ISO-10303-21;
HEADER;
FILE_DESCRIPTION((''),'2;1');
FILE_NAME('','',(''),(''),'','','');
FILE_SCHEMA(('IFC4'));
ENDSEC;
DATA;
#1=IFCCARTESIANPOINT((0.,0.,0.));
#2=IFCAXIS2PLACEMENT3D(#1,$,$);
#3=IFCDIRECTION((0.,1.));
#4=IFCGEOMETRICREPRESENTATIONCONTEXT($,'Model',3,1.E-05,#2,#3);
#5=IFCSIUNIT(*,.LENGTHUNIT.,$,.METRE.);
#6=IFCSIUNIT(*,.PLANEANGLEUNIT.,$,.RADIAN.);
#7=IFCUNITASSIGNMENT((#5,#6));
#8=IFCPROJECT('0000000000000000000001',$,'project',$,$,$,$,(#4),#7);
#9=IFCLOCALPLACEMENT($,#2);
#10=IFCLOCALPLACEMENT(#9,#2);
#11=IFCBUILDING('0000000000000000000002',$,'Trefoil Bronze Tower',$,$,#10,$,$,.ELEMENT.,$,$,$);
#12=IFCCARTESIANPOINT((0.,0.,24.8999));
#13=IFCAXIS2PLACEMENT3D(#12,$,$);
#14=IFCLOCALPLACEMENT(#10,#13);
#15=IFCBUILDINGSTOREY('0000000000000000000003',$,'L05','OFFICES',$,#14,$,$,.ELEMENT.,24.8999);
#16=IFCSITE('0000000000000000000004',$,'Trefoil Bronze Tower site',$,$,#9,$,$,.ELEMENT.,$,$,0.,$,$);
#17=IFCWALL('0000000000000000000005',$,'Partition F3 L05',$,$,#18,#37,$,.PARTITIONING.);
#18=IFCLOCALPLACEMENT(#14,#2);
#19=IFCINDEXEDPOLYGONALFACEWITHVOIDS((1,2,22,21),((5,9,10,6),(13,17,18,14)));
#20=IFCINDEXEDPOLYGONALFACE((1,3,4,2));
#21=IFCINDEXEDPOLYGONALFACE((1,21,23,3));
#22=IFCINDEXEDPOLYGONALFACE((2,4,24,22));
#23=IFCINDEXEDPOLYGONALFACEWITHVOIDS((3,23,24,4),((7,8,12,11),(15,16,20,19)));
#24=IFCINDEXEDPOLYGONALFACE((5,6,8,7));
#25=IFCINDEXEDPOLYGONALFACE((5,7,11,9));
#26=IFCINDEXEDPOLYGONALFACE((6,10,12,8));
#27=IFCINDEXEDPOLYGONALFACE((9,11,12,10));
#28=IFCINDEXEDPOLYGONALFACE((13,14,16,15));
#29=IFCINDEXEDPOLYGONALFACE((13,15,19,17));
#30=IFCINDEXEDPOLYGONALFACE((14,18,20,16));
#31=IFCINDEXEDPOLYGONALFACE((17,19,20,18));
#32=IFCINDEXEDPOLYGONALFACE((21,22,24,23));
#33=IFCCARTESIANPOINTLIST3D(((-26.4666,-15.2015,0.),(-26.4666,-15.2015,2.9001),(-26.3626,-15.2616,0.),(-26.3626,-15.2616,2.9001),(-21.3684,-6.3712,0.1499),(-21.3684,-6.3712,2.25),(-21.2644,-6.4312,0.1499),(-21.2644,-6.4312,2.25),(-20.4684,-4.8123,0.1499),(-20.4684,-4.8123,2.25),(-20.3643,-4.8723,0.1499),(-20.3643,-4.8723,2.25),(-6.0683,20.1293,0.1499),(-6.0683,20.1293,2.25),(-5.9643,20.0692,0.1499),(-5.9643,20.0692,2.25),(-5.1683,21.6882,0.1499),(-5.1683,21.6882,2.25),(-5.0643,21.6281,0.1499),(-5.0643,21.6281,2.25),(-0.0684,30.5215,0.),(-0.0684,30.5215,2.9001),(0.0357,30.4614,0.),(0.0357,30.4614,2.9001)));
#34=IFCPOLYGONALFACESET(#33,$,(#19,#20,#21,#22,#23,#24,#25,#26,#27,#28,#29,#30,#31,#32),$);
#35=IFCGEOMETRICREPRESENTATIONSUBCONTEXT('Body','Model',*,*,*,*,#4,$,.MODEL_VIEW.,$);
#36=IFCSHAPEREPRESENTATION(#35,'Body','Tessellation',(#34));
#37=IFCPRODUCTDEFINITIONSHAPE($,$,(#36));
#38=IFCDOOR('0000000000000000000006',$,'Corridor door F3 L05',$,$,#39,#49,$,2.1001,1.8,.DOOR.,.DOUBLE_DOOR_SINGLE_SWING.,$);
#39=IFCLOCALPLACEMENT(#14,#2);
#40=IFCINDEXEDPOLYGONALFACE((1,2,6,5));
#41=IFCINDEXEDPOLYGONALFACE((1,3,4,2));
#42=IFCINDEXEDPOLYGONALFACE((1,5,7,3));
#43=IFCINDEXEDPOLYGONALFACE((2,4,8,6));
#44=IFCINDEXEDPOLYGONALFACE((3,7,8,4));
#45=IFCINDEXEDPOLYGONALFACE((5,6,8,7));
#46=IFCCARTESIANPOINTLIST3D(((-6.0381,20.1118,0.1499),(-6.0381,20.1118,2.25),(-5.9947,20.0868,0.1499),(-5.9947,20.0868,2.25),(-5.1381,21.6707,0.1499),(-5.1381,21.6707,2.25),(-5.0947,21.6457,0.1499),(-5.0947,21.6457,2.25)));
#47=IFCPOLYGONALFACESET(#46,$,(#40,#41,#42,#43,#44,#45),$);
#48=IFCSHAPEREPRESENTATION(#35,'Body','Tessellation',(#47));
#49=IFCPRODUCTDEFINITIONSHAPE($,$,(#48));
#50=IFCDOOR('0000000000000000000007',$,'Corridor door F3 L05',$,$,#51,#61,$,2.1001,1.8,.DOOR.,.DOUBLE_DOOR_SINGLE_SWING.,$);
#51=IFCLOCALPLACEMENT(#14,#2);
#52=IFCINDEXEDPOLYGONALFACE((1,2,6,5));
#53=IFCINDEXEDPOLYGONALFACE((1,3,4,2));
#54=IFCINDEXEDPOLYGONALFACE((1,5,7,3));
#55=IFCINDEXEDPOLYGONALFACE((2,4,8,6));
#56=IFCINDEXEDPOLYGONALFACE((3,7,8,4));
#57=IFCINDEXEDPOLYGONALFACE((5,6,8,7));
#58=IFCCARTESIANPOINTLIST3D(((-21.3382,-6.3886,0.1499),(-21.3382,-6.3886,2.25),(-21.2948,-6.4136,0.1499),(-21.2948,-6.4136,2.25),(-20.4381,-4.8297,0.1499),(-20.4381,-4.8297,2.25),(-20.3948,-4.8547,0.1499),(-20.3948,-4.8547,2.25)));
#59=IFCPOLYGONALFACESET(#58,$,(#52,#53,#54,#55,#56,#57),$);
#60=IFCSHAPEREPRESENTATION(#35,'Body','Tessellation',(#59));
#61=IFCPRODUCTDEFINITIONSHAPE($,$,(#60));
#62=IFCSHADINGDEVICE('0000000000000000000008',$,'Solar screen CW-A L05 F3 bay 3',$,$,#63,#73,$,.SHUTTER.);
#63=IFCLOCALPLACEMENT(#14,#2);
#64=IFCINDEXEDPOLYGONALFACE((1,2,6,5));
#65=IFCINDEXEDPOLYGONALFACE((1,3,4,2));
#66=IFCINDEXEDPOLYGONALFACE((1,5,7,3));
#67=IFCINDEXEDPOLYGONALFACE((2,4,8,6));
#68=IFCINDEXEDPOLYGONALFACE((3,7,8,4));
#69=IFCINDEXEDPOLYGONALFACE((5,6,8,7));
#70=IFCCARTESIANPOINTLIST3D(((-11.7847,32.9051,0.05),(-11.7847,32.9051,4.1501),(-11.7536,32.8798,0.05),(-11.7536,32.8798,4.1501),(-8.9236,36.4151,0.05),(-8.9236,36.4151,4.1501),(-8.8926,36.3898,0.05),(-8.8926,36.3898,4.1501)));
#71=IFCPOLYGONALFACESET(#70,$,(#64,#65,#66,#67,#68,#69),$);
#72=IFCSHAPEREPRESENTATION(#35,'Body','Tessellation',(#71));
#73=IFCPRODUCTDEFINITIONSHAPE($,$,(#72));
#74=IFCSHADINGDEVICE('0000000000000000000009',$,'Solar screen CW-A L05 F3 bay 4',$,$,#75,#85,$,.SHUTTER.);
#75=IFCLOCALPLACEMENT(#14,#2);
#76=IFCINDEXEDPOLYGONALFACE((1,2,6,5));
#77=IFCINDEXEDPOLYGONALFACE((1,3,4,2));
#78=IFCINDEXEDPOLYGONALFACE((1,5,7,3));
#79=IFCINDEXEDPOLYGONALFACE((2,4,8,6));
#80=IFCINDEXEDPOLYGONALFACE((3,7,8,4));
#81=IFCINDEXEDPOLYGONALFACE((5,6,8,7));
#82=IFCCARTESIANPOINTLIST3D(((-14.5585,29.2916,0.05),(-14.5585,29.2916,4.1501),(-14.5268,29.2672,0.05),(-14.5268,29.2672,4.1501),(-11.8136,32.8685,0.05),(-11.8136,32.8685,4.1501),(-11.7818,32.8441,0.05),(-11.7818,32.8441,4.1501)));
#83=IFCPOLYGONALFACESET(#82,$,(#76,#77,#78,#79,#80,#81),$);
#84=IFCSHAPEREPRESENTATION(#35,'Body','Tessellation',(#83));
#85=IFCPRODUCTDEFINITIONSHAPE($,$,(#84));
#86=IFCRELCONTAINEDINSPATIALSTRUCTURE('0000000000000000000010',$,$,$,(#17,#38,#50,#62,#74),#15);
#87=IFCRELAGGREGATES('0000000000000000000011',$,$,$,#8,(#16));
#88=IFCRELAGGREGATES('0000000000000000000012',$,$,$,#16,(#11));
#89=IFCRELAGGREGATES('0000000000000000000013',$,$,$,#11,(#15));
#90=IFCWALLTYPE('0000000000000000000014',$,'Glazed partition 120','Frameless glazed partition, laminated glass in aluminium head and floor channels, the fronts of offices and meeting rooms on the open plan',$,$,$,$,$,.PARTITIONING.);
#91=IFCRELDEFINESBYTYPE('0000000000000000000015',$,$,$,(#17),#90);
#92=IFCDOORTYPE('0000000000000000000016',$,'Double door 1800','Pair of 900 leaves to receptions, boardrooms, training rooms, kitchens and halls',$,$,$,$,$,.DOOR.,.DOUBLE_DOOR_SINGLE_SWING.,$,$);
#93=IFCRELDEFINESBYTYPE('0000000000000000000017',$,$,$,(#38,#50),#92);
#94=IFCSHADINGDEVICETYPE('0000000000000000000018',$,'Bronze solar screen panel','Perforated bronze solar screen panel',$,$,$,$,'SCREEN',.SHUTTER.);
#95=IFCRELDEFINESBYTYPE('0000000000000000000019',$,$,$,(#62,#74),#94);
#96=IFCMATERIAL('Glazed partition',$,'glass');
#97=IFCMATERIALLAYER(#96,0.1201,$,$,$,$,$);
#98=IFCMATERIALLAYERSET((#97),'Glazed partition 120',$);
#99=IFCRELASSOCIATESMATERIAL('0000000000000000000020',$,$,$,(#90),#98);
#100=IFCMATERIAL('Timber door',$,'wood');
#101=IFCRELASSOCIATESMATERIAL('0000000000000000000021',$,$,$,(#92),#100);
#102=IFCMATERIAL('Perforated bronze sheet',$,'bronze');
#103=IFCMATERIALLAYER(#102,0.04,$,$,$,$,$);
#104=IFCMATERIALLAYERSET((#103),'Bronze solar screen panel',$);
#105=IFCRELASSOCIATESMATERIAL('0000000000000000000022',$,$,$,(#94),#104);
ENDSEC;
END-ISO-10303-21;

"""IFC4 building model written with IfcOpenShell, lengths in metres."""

from ifc_helpers import new_model, si_unit, direction, frame, frame_2d, origin, origin_2d, place, context, subcontext, project, spatial, rectangle, extrude, material, layer, layer_set, type_object, element, fill, save


model = new_model("IFC4")

# Units and contexts
model_context = context("Model", 3, precision=1e-05, world=origin(), true_north=direction((0.0, 1.0)))
body_context = subcontext(model_context, "Body", "Model", "MODEL_VIEW")
ifc_project = project(units=[si_unit("LENGTHUNIT", "METRE"), si_unit("PLANEANGLEUNIT", "RADIAN")], contexts=[model_context])

# Site, building, storey
site_placement = place(None, origin())
site = spatial("IfcSite", under=ifc_project, at=site_placement, Name="Trefoil Bronze Tower site", CompositionType="ELEMENT", RefElevation=0.0)
building_placement = place(site_placement, origin())
building = spatial("IfcBuilding", under=site, at=building_placement, Name="Trefoil Bronze Tower", CompositionType="ELEMENT")
storey_placement = place(building_placement, frame((0.0, 0.0, 24.8999)))
storey = spatial("IfcBuildingStorey", under=building, at=storey_placement, Name="L05", Description="OFFICES", CompositionType="ELEMENT", Elevation=24.8999)

# Wall, openings, doors
ifc_material_1 = material(Name="Glazed partition", Category="glass")
ifc_layer_1 = layer(ifc_material_1, 0.1201)
ifc_layer_set_1 = layer_set([ifc_layer_1], Name="Glazed partition 120")
wall_type = type_object("IfcWallType", Name="Glazed partition 120", Description="Frameless glazed partition, laminated glass in aluminium head and floor channels, the fronts of offices and meeting rooms on the open plan", PredefinedType="PARTITIONING", material=ifc_layer_set_1)
wall_placement = place(storey_placement, frame((-0.0164, 30.4915, 0.0), z_axis=(0.0, 0.0, 1.0), x_axis=(-0.500001, -0.866025, 0.0)))
wall = element("IfcWall", 1, at=wall_placement, inside=storey, type_object=wall_type, Name="Partition F3 L05", PredefinedType="PARTITIONING", context=body_context, shape_type="SweptSolid", body=[
    extrude(rectangle(XDim=52.7964, YDim=0.1201, at=frame_2d((26.3982, 0.0))), origin(), (0.0, 0.0, 1.0), 2.9001),
])
opening_1_placement = place(wall_placement, frame((10.2, 0.0, 0.1499)))
opening_1 = element("IfcOpeningElement", 2, at=opening_1_placement, cuts=wall, PredefinedType="OPENING", context=body_context, shape_type="SweptSolid", body=[
    extrude(rectangle(XDim=1.8, YDim=2.1001, at=frame_2d((0.8999, 1.05))), frame((0.0, 0.0701, 0.0), z_axis=(0.0, -1.0, 0.0), x_axis=(1.0, 0.0, 0.0)), (0.0, 0.0, 1.0), 0.1401),
])
opening_2_placement = place(wall_placement, frame((40.8, 0.0, 0.1499)))
opening_2 = element("IfcOpeningElement", 3, at=opening_2_placement, cuts=wall, PredefinedType="OPENING", context=body_context, shape_type="SweptSolid", body=[
    extrude(rectangle(XDim=1.8, YDim=2.1001, at=frame_2d((0.8999, 1.05))), frame((0.0, 0.0701, 0.0), z_axis=(0.0, -1.0, 0.0), x_axis=(1.0, 0.0, 0.0)), (0.0, 0.0, 1.0), 0.1401),
])
ifc_material_2 = material(Name="Timber door", Category="wood")
door_type = type_object("IfcDoorType", Name="Double door 1800", Description="Pair of 900 leaves to receptions, boardrooms, training rooms, kitchens and halls", OperationType="DOUBLE_DOOR_SINGLE_SWING", PredefinedType="DOOR", material=ifc_material_2)
door_1_placement = place(opening_1_placement, origin())
door_1 = element("IfcDoor", 4, at=door_1_placement, inside=storey, type_object=door_type, Name="Corridor door F3 L05", OperationType="DOUBLE_DOOR_SINGLE_SWING", OverallHeight=2.1001, OverallWidth=1.8, PredefinedType="DOOR", context=body_context, shape_type="SweptSolid", body=[
    extrude(rectangle(XDim=1.8, YDim=2.1001, at=frame_2d((0.8999, 1.05))), frame((0.0, 0.0249, 0.0), z_axis=(0.0, -1.0, 0.0), x_axis=(1.0, 0.0, 0.0)), (0.0, 0.0, 1.0), 0.05),
])
fill(opening_1, door_1)
door_2_placement = place(opening_2_placement, origin())
door_2 = element("IfcDoor", 5, at=door_2_placement, inside=storey, type_object=door_type, Name="Corridor door F3 L05", OperationType="DOUBLE_DOOR_SINGLE_SWING", OverallHeight=2.1001, OverallWidth=1.8, PredefinedType="DOOR", context=body_context, shape_type="SweptSolid", body=[
    extrude(rectangle(XDim=1.8, YDim=2.1001, at=frame_2d((0.8999, 1.05))), frame((0.0, 0.0249, 0.0), z_axis=(0.0, -1.0, 0.0), x_axis=(1.0, 0.0, 0.0)), (0.0, 0.0, 1.0), 0.05),
])
fill(opening_2, door_2)

# Shading devices
ifc_material_3 = material(Name="Perforated bronze sheet", Category="bronze")
ifc_layer_2 = layer(ifc_material_3, 0.04)
ifc_layer_set_2 = layer_set([ifc_layer_2], Name="Bronze solar screen panel")
shading_device_type = type_object("IfcShadingDeviceType", Name="Bronze solar screen panel", Description="Perforated bronze solar screen panel", ElementType="SCREEN", PredefinedType="SHUTTER", material=ifc_layer_set_2)
shading_device_1_placement = place(storey_placement, frame((-10.3386, 34.6475, 0.05), z_axis=(0.0, 0.0, 1.0), x_axis=(-0.631811, -0.775123, 0.0)))
element("IfcShadingDevice", 6, at=shading_device_1_placement, inside=storey, type_object=shading_device_type, Name="Solar screen CW-A L05 F3 bay 3", PredefinedType="SHUTTER", context=body_context, shape_type="SweptSolid", body=[
    extrude(rectangle(XDim=4.5283, YDim=0.04, at=origin_2d()), origin(), (0.0, 0.0, 1.0), 4.1001),
])
shading_device_2_placement = place(storey_placement, frame((-13.1702, 31.0679, 0.05), z_axis=(0.0, 0.0, 1.0), x_axis=(-0.608808, -0.793318, 0.0)))
element("IfcShadingDevice", 7, at=shading_device_2_placement, inside=storey, type_object=shading_device_type, Name="Solar screen CW-A L05 F3 bay 4", PredefinedType="SHUTTER", context=body_context, shape_type="SweptSolid", body=[
    extrude(rectangle(XDim=4.5088, YDim=0.04, at=origin_2d()), origin(), (0.0, 0.0, 1.0), 4.1001),
])

save(model, "model.ifc")
